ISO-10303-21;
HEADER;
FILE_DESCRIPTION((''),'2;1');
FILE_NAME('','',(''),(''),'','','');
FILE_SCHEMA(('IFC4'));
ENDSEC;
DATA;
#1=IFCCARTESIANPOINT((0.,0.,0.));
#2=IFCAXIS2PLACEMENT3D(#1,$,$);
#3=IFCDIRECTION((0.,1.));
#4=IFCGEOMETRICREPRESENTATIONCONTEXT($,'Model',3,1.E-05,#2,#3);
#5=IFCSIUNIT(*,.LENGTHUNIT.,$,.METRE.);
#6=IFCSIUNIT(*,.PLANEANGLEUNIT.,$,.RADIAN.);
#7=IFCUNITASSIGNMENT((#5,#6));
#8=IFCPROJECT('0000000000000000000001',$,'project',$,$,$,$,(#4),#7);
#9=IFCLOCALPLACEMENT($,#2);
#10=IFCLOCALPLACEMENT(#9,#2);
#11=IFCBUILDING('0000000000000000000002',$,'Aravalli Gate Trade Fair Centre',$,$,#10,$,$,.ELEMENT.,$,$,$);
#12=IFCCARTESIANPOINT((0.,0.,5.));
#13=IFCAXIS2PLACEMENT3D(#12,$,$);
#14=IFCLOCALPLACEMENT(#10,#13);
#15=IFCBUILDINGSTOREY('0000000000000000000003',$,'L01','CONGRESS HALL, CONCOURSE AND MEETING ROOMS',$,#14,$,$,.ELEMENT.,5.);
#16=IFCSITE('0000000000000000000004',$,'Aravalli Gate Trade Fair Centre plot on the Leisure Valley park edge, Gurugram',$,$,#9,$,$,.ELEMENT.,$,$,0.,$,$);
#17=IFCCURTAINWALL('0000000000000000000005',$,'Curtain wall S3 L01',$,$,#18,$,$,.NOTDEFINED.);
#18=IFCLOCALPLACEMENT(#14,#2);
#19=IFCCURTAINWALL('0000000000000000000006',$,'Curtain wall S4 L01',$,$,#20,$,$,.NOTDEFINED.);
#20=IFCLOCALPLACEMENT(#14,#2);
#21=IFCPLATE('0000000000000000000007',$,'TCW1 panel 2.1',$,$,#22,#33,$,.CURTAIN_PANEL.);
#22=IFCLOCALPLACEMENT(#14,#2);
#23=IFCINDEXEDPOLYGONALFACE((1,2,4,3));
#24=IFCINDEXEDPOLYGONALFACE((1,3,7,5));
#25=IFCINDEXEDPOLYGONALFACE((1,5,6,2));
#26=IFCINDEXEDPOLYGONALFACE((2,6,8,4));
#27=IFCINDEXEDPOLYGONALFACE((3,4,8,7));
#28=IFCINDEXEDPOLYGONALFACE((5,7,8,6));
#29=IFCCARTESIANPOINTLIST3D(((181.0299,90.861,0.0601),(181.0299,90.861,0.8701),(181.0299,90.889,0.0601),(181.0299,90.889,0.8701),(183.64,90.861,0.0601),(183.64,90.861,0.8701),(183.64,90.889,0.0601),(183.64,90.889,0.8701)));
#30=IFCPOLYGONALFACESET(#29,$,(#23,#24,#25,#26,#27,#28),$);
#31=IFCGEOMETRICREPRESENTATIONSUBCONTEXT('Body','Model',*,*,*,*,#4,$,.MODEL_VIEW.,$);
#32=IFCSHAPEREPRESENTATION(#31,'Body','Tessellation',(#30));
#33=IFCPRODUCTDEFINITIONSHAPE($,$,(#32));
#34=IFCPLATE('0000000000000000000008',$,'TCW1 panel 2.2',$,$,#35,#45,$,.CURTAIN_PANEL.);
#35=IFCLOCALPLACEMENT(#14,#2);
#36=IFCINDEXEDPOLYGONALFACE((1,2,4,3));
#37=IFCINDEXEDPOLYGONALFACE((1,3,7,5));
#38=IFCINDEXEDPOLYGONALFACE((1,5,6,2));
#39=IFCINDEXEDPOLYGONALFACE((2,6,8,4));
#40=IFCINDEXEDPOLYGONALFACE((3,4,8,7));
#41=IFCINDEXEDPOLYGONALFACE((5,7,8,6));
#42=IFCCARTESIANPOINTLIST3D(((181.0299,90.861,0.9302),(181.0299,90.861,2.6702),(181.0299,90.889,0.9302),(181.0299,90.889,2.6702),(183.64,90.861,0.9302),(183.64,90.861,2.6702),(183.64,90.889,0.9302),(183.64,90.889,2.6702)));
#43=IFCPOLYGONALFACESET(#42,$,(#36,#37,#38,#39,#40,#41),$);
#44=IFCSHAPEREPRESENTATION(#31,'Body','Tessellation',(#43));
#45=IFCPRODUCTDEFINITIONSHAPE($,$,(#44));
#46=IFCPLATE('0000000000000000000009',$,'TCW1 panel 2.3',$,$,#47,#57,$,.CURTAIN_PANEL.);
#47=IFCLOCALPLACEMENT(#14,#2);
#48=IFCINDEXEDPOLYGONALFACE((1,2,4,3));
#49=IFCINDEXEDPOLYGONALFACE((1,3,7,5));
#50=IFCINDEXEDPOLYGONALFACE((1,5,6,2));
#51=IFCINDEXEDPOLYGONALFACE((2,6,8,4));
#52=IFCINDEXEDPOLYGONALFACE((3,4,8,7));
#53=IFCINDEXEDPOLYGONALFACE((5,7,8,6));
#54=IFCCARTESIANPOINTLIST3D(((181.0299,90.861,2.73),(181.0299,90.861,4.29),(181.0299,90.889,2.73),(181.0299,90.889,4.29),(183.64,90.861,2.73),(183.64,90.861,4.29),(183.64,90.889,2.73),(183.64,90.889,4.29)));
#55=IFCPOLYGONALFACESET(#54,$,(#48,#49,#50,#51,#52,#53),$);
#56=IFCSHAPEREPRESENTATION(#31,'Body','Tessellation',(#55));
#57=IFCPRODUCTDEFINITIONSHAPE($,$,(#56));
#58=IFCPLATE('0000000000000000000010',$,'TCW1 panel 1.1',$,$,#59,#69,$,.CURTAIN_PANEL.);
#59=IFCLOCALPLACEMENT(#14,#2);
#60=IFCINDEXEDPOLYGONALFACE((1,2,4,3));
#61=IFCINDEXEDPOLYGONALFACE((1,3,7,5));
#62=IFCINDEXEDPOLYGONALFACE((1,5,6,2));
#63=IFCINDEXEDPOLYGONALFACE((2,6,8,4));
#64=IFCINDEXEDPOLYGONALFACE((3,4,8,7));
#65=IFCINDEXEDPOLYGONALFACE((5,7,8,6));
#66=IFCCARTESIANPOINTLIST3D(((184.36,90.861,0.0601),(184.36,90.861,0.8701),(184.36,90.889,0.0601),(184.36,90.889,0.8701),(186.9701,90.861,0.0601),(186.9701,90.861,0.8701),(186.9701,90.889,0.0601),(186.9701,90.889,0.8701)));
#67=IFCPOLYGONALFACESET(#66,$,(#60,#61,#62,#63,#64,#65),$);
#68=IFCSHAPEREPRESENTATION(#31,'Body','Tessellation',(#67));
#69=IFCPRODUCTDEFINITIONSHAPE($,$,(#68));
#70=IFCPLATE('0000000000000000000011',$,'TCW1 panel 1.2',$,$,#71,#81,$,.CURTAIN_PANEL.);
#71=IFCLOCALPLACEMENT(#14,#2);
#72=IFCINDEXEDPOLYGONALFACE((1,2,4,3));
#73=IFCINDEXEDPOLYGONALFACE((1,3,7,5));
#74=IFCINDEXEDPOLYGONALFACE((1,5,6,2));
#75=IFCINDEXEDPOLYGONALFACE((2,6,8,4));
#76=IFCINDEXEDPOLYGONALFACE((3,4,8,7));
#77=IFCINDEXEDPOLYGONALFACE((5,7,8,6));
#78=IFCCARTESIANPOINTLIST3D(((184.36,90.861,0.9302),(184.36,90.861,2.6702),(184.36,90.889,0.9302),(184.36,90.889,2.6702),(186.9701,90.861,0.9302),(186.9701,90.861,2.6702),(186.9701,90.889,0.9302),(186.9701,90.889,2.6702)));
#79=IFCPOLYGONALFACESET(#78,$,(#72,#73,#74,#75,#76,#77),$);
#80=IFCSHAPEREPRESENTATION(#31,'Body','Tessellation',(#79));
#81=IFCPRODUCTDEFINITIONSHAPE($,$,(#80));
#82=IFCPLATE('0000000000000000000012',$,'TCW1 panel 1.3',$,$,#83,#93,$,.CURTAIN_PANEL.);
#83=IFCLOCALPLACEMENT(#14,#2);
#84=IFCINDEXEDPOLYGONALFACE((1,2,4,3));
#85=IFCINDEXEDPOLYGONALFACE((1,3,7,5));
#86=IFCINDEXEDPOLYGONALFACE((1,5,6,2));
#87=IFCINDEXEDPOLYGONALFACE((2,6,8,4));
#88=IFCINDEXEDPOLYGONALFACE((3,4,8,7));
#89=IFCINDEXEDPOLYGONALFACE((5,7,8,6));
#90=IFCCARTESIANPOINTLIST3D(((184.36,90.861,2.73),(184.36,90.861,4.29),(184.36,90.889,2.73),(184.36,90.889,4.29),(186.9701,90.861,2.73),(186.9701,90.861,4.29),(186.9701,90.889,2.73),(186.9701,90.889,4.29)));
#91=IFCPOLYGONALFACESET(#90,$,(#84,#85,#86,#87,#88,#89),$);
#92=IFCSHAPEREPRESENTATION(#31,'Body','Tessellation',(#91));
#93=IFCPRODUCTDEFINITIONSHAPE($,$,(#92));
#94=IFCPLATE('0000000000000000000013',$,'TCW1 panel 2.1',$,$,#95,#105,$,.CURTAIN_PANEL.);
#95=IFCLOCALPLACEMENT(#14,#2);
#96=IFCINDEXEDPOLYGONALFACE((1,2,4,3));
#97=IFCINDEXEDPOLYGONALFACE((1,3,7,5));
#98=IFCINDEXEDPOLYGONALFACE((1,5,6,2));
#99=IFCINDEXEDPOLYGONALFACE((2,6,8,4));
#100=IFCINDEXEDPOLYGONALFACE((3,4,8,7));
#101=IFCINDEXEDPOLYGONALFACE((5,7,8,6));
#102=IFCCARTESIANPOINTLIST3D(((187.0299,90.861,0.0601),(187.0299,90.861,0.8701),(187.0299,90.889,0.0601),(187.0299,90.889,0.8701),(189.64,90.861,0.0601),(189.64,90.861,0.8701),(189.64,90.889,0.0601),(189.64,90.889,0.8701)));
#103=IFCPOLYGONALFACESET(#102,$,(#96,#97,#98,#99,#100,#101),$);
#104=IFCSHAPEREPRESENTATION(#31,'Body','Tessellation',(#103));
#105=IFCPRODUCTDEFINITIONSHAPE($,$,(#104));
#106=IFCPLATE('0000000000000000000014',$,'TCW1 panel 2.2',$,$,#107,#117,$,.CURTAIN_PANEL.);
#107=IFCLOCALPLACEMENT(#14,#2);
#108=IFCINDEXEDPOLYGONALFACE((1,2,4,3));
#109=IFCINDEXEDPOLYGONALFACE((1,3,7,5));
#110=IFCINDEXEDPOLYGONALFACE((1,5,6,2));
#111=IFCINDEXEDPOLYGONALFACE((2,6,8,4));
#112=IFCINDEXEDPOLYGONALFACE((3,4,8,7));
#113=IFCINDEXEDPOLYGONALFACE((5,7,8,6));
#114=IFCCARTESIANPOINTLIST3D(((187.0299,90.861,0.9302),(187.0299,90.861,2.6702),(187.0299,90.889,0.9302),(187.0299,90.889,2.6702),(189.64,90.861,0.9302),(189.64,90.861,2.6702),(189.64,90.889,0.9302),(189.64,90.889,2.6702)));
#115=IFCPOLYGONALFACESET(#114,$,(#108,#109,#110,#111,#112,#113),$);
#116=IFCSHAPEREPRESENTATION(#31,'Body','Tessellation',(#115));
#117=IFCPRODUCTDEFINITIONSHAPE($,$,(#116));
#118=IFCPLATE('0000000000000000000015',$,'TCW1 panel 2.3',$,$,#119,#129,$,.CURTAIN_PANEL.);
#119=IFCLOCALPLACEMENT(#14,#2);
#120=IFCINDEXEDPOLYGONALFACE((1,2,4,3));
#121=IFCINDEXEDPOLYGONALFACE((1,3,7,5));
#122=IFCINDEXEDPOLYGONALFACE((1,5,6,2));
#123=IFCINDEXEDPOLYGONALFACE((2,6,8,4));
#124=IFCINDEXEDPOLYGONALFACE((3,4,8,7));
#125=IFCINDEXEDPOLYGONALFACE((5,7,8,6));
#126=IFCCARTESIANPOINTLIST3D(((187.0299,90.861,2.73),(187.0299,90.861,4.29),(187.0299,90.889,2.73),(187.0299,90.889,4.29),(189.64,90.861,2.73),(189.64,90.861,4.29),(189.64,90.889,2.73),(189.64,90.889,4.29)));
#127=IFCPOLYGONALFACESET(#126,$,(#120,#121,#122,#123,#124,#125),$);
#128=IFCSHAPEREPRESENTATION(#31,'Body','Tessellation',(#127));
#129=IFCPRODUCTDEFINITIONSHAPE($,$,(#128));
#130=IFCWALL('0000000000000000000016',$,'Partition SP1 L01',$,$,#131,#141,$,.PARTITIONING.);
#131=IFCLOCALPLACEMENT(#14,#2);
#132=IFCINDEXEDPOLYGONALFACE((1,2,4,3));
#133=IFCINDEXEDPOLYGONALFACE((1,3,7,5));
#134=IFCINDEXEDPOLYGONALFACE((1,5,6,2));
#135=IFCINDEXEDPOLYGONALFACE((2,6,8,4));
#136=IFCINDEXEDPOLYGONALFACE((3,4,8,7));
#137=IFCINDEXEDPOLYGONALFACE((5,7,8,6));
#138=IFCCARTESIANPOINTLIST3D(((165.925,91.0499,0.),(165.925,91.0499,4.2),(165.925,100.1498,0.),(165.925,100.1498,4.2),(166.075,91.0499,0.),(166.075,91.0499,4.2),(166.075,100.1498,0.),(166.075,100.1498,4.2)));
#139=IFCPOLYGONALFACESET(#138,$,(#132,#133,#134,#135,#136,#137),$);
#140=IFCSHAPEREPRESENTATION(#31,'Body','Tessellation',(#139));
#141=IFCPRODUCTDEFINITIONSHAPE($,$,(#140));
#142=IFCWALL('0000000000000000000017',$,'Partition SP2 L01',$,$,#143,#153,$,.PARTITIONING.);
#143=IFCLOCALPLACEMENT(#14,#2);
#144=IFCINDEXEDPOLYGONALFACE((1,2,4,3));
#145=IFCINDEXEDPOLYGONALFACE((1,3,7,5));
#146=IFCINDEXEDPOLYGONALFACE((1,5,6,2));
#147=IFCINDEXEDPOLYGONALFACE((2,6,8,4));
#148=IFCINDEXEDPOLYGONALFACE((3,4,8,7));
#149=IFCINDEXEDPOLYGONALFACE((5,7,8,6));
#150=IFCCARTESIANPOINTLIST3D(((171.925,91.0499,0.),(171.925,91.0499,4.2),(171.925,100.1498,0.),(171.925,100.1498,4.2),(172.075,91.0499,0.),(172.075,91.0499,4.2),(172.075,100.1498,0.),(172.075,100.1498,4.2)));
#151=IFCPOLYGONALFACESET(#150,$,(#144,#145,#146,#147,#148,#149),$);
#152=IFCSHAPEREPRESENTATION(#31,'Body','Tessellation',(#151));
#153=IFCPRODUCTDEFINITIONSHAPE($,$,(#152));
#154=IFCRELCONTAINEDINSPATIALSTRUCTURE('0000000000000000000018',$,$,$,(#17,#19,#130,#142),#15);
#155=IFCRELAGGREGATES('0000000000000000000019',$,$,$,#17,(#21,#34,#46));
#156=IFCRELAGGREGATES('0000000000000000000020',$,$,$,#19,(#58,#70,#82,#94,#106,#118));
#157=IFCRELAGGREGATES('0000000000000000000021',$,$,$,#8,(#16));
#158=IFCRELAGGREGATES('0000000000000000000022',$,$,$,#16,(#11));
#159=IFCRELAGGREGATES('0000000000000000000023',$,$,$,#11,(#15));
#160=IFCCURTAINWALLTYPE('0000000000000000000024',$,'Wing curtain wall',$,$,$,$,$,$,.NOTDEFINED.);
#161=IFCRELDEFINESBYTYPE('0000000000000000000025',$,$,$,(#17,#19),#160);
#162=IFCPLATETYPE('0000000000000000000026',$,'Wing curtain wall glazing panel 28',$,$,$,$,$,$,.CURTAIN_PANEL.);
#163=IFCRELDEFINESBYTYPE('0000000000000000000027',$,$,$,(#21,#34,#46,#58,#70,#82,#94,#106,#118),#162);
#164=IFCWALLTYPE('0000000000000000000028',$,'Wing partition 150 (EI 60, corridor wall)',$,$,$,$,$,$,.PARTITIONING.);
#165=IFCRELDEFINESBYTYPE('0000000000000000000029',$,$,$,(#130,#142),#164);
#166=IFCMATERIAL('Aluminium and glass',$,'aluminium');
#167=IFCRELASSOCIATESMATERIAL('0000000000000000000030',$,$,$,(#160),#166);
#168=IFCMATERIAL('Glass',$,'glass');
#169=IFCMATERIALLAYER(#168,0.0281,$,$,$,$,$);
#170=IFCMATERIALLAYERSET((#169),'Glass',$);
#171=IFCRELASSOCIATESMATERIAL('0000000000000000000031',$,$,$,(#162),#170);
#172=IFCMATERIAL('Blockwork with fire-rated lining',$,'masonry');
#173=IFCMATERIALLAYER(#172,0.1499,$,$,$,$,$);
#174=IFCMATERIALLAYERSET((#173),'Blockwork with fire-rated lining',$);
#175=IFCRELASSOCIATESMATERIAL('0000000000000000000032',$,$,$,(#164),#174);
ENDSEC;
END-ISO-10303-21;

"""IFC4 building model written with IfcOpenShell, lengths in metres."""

from ifc_helpers import new_model, si_unit, direction, frame, frame_2d, origin, origin_2d, place, context, subcontext, project, spatial, rectangle, extrude, material, layer, layer_set, type_object, element, aggregate, save


model = new_model("IFC4")

# Units and contexts
model_context = context("Model", 3, precision=1e-05, world=origin(), true_north=direction((0.0, 1.0)))
body_context = subcontext(model_context, "Body", "Model", "MODEL_VIEW")
ifc_project = project(units=[si_unit("LENGTHUNIT", "METRE"), si_unit("PLANEANGLEUNIT", "RADIAN")], contexts=[model_context])

# Site, building, storey
site_placement = place(None, origin())
site = spatial("IfcSite", under=ifc_project, at=site_placement, Name="Aravalli Gate Trade Fair Centre plot on the Leisure Valley park edge, Gurugram", CompositionType="ELEMENT", RefElevation=0.0)
building_placement = place(site_placement, origin())
building = spatial("IfcBuilding", under=site, at=building_placement, Name="Aravalli Gate Trade Fair Centre", CompositionType="ELEMENT")
storey_placement = place(building_placement, frame((0.0, 0.0, 5.0)))
storey = spatial("IfcBuildingStorey", under=building, at=storey_placement, Name="L01", Description="CONGRESS HALL, CONCOURSE AND MEETING ROOMS", CompositionType="ELEMENT", Elevation=5.0)

# Curtain wall
ifc_material_1 = material(Name="Aluminium and glass", Category="aluminium")
curtain_wall_type = type_object("IfcCurtainWallType", Name="Wing curtain wall", PredefinedType="NOTDEFINED", material=ifc_material_1)
curtain_wall_1_placement = place(storey_placement, origin())
curtain_wall_1 = element("IfcCurtainWall", 1, at=curtain_wall_1_placement, inside=storey, type_object=curtain_wall_type, Name="Curtain wall S3 L01", PredefinedType="NOTDEFINED")

# Curtain wall
curtain_wall_2_placement = place(storey_placement, origin())
curtain_wall_2 = element("IfcCurtainWall", 2, at=curtain_wall_2_placement, inside=storey, type_object=curtain_wall_type, Name="Curtain wall S4 L01", PredefinedType="NOTDEFINED")

# Plates
ifc_material_2 = material(Name="Glass", Category="glass")
ifc_layer_1 = layer(ifc_material_2, 0.0281)
ifc_layer_set_1 = layer_set([ifc_layer_1], Name="Glass")
plate_type = type_object("IfcPlateType", Name="Wing curtain wall glazing panel 28", PredefinedType="CURTAIN_PANEL", material=ifc_layer_set_1)
plate_1_placement = place(storey_placement, frame((182.335, 90.875, 0.0601), z_axis=(0.0, 0.0, 1.0), x_axis=(1.0, 0.0, 0.0)))
plate_1 = element("IfcPlate", 3, at=plate_1_placement, type_object=plate_type, Name="TCW1 panel 2.1", PredefinedType="CURTAIN_PANEL", context=body_context, shape_type="SweptSolid", body=[
    extrude(rectangle(XDim=2.6101, YDim=0.0281, at=origin_2d()), origin(), (0.0, 0.0, 1.0), 0.8101),
])
plate_2_placement = place(storey_placement, frame((182.335, 90.875, 0.9302), z_axis=(0.0, 0.0, 1.0), x_axis=(1.0, 0.0, 0.0)))
plate_2 = element("IfcPlate", 4, at=plate_2_placement, type_object=plate_type, Name="TCW1 panel 2.2", PredefinedType="CURTAIN_PANEL", context=body_context, shape_type="SweptSolid", body=[
    extrude(rectangle(XDim=2.6101, YDim=0.0281, at=origin_2d()), origin(), (0.0, 0.0, 1.0), 1.74),
])
plate_3_placement = place(storey_placement, frame((182.335, 90.875, 2.73), z_axis=(0.0, 0.0, 1.0), x_axis=(1.0, 0.0, 0.0)))
plate_3 = element("IfcPlate", 5, at=plate_3_placement, type_object=plate_type, Name="TCW1 panel 2.3", PredefinedType="CURTAIN_PANEL", context=body_context, shape_type="SweptSolid", body=[
    extrude(rectangle(XDim=2.6101, YDim=0.0281, at=origin_2d()), origin(), (0.0, 0.0, 1.0), 1.5601),
])
aggregate(curtain_wall_1, [plate_1, plate_2, plate_3])
plate_4_placement = place(storey_placement, frame((185.665, 90.875, 0.0601), z_axis=(0.0, 0.0, 1.0), x_axis=(1.0, 0.0, 0.0)))
plate_4 = element("IfcPlate", 6, at=plate_4_placement, type_object=plate_type, Name="TCW1 panel 1.1", PredefinedType="CURTAIN_PANEL", context=body_context, shape_type="SweptSolid", body=[
    extrude(rectangle(XDim=2.6101, YDim=0.0281, at=origin_2d()), origin(), (0.0, 0.0, 1.0), 0.8101),
])
plate_5_placement = place(storey_placement, frame((185.665, 90.875, 0.9302), z_axis=(0.0, 0.0, 1.0), x_axis=(1.0, 0.0, 0.0)))
plate_5 = element("IfcPlate", 7, at=plate_5_placement, type_object=plate_type, Name="TCW1 panel 1.2", PredefinedType="CURTAIN_PANEL", context=body_context, shape_type="SweptSolid", body=[
    extrude(rectangle(XDim=2.6101, YDim=0.0281, at=origin_2d()), origin(), (0.0, 0.0, 1.0), 1.74),
])
plate_6_placement = place(storey_placement, frame((185.665, 90.875, 2.73), z_axis=(0.0, 0.0, 1.0), x_axis=(1.0, 0.0, 0.0)))
plate_6 = element("IfcPlate", 8, at=plate_6_placement, type_object=plate_type, Name="TCW1 panel 1.3", PredefinedType="CURTAIN_PANEL", context=body_context, shape_type="SweptSolid", body=[
    extrude(rectangle(XDim=2.6101, YDim=0.0281, at=origin_2d()), origin(), (0.0, 0.0, 1.0), 1.5601),
])
plate_7_placement = place(storey_placement, frame((188.335, 90.875, 0.0601), z_axis=(0.0, 0.0, 1.0), x_axis=(1.0, 0.0, 0.0)))
plate_7 = element("IfcPlate", 9, at=plate_7_placement, type_object=plate_type, Name="TCW1 panel 2.1", PredefinedType="CURTAIN_PANEL", context=body_context, shape_type="SweptSolid", body=[
    extrude(rectangle(XDim=2.6101, YDim=0.0281, at=origin_2d()), origin(), (0.0, 0.0, 1.0), 0.8101),
])
plate_8_placement = place(storey_placement, frame((188.335, 90.875, 0.9302), z_axis=(0.0, 0.0, 1.0), x_axis=(1.0, 0.0, 0.0)))
plate_8 = element("IfcPlate", 10, at=plate_8_placement, type_object=plate_type, Name="TCW1 panel 2.2", PredefinedType="CURTAIN_PANEL", context=body_context, shape_type="SweptSolid", body=[
    extrude(rectangle(XDim=2.6101, YDim=0.0281, at=origin_2d()), origin(), (0.0, 0.0, 1.0), 1.74),
])
plate_9_placement = place(storey_placement, frame((188.335, 90.875, 2.73), z_axis=(0.0, 0.0, 1.0), x_axis=(1.0, 0.0, 0.0)))
plate_9 = element("IfcPlate", 11, at=plate_9_placement, type_object=plate_type, Name="TCW1 panel 2.3", PredefinedType="CURTAIN_PANEL", context=body_context, shape_type="SweptSolid", body=[
    extrude(rectangle(XDim=2.6101, YDim=0.0281, at=origin_2d()), origin(), (0.0, 0.0, 1.0), 1.5601),
])
aggregate(curtain_wall_2, [plate_4, plate_5, plate_6, plate_7, plate_8, plate_9])

# Walls
ifc_material_3 = material(Name="Blockwork with fire-rated lining", Category="masonry")
ifc_layer_2 = layer(ifc_material_3, 0.1499)
ifc_layer_set_2 = layer_set([ifc_layer_2], Name="Blockwork with fire-rated lining")
wall_type = type_object("IfcWallType", Name="Wing partition 150 (EI 60, corridor wall)", PredefinedType="PARTITIONING", material=ifc_layer_set_2)
for number, where, z_axis, x_axis, name in (
    (12, (166.0, 91.05, 0.0), (0.0, 0.0, 1.0), (0.0, 1.0, 0.0), "Partition SP1 L01"),
    (13, (172.0, 91.05, 0.0), (0.0, 0.0, 1.0), (0.0, 1.0, 0.0), "Partition SP2 L01"),
):
    element("IfcWall", number, at=place(storey_placement, frame(where, z_axis=z_axis, x_axis=x_axis)), inside=storey, type_object=wall_type, Name=name, PredefinedType="PARTITIONING", context=body_context, shape_type="SweptSolid", body=[
        extrude(rectangle(XDim=9.0999, YDim=0.1499, at=frame_2d((4.5498, 0.0))), origin(), (0.0, 0.0, 1.0), 4.2),
    ])

save(model, "model.ifc")
